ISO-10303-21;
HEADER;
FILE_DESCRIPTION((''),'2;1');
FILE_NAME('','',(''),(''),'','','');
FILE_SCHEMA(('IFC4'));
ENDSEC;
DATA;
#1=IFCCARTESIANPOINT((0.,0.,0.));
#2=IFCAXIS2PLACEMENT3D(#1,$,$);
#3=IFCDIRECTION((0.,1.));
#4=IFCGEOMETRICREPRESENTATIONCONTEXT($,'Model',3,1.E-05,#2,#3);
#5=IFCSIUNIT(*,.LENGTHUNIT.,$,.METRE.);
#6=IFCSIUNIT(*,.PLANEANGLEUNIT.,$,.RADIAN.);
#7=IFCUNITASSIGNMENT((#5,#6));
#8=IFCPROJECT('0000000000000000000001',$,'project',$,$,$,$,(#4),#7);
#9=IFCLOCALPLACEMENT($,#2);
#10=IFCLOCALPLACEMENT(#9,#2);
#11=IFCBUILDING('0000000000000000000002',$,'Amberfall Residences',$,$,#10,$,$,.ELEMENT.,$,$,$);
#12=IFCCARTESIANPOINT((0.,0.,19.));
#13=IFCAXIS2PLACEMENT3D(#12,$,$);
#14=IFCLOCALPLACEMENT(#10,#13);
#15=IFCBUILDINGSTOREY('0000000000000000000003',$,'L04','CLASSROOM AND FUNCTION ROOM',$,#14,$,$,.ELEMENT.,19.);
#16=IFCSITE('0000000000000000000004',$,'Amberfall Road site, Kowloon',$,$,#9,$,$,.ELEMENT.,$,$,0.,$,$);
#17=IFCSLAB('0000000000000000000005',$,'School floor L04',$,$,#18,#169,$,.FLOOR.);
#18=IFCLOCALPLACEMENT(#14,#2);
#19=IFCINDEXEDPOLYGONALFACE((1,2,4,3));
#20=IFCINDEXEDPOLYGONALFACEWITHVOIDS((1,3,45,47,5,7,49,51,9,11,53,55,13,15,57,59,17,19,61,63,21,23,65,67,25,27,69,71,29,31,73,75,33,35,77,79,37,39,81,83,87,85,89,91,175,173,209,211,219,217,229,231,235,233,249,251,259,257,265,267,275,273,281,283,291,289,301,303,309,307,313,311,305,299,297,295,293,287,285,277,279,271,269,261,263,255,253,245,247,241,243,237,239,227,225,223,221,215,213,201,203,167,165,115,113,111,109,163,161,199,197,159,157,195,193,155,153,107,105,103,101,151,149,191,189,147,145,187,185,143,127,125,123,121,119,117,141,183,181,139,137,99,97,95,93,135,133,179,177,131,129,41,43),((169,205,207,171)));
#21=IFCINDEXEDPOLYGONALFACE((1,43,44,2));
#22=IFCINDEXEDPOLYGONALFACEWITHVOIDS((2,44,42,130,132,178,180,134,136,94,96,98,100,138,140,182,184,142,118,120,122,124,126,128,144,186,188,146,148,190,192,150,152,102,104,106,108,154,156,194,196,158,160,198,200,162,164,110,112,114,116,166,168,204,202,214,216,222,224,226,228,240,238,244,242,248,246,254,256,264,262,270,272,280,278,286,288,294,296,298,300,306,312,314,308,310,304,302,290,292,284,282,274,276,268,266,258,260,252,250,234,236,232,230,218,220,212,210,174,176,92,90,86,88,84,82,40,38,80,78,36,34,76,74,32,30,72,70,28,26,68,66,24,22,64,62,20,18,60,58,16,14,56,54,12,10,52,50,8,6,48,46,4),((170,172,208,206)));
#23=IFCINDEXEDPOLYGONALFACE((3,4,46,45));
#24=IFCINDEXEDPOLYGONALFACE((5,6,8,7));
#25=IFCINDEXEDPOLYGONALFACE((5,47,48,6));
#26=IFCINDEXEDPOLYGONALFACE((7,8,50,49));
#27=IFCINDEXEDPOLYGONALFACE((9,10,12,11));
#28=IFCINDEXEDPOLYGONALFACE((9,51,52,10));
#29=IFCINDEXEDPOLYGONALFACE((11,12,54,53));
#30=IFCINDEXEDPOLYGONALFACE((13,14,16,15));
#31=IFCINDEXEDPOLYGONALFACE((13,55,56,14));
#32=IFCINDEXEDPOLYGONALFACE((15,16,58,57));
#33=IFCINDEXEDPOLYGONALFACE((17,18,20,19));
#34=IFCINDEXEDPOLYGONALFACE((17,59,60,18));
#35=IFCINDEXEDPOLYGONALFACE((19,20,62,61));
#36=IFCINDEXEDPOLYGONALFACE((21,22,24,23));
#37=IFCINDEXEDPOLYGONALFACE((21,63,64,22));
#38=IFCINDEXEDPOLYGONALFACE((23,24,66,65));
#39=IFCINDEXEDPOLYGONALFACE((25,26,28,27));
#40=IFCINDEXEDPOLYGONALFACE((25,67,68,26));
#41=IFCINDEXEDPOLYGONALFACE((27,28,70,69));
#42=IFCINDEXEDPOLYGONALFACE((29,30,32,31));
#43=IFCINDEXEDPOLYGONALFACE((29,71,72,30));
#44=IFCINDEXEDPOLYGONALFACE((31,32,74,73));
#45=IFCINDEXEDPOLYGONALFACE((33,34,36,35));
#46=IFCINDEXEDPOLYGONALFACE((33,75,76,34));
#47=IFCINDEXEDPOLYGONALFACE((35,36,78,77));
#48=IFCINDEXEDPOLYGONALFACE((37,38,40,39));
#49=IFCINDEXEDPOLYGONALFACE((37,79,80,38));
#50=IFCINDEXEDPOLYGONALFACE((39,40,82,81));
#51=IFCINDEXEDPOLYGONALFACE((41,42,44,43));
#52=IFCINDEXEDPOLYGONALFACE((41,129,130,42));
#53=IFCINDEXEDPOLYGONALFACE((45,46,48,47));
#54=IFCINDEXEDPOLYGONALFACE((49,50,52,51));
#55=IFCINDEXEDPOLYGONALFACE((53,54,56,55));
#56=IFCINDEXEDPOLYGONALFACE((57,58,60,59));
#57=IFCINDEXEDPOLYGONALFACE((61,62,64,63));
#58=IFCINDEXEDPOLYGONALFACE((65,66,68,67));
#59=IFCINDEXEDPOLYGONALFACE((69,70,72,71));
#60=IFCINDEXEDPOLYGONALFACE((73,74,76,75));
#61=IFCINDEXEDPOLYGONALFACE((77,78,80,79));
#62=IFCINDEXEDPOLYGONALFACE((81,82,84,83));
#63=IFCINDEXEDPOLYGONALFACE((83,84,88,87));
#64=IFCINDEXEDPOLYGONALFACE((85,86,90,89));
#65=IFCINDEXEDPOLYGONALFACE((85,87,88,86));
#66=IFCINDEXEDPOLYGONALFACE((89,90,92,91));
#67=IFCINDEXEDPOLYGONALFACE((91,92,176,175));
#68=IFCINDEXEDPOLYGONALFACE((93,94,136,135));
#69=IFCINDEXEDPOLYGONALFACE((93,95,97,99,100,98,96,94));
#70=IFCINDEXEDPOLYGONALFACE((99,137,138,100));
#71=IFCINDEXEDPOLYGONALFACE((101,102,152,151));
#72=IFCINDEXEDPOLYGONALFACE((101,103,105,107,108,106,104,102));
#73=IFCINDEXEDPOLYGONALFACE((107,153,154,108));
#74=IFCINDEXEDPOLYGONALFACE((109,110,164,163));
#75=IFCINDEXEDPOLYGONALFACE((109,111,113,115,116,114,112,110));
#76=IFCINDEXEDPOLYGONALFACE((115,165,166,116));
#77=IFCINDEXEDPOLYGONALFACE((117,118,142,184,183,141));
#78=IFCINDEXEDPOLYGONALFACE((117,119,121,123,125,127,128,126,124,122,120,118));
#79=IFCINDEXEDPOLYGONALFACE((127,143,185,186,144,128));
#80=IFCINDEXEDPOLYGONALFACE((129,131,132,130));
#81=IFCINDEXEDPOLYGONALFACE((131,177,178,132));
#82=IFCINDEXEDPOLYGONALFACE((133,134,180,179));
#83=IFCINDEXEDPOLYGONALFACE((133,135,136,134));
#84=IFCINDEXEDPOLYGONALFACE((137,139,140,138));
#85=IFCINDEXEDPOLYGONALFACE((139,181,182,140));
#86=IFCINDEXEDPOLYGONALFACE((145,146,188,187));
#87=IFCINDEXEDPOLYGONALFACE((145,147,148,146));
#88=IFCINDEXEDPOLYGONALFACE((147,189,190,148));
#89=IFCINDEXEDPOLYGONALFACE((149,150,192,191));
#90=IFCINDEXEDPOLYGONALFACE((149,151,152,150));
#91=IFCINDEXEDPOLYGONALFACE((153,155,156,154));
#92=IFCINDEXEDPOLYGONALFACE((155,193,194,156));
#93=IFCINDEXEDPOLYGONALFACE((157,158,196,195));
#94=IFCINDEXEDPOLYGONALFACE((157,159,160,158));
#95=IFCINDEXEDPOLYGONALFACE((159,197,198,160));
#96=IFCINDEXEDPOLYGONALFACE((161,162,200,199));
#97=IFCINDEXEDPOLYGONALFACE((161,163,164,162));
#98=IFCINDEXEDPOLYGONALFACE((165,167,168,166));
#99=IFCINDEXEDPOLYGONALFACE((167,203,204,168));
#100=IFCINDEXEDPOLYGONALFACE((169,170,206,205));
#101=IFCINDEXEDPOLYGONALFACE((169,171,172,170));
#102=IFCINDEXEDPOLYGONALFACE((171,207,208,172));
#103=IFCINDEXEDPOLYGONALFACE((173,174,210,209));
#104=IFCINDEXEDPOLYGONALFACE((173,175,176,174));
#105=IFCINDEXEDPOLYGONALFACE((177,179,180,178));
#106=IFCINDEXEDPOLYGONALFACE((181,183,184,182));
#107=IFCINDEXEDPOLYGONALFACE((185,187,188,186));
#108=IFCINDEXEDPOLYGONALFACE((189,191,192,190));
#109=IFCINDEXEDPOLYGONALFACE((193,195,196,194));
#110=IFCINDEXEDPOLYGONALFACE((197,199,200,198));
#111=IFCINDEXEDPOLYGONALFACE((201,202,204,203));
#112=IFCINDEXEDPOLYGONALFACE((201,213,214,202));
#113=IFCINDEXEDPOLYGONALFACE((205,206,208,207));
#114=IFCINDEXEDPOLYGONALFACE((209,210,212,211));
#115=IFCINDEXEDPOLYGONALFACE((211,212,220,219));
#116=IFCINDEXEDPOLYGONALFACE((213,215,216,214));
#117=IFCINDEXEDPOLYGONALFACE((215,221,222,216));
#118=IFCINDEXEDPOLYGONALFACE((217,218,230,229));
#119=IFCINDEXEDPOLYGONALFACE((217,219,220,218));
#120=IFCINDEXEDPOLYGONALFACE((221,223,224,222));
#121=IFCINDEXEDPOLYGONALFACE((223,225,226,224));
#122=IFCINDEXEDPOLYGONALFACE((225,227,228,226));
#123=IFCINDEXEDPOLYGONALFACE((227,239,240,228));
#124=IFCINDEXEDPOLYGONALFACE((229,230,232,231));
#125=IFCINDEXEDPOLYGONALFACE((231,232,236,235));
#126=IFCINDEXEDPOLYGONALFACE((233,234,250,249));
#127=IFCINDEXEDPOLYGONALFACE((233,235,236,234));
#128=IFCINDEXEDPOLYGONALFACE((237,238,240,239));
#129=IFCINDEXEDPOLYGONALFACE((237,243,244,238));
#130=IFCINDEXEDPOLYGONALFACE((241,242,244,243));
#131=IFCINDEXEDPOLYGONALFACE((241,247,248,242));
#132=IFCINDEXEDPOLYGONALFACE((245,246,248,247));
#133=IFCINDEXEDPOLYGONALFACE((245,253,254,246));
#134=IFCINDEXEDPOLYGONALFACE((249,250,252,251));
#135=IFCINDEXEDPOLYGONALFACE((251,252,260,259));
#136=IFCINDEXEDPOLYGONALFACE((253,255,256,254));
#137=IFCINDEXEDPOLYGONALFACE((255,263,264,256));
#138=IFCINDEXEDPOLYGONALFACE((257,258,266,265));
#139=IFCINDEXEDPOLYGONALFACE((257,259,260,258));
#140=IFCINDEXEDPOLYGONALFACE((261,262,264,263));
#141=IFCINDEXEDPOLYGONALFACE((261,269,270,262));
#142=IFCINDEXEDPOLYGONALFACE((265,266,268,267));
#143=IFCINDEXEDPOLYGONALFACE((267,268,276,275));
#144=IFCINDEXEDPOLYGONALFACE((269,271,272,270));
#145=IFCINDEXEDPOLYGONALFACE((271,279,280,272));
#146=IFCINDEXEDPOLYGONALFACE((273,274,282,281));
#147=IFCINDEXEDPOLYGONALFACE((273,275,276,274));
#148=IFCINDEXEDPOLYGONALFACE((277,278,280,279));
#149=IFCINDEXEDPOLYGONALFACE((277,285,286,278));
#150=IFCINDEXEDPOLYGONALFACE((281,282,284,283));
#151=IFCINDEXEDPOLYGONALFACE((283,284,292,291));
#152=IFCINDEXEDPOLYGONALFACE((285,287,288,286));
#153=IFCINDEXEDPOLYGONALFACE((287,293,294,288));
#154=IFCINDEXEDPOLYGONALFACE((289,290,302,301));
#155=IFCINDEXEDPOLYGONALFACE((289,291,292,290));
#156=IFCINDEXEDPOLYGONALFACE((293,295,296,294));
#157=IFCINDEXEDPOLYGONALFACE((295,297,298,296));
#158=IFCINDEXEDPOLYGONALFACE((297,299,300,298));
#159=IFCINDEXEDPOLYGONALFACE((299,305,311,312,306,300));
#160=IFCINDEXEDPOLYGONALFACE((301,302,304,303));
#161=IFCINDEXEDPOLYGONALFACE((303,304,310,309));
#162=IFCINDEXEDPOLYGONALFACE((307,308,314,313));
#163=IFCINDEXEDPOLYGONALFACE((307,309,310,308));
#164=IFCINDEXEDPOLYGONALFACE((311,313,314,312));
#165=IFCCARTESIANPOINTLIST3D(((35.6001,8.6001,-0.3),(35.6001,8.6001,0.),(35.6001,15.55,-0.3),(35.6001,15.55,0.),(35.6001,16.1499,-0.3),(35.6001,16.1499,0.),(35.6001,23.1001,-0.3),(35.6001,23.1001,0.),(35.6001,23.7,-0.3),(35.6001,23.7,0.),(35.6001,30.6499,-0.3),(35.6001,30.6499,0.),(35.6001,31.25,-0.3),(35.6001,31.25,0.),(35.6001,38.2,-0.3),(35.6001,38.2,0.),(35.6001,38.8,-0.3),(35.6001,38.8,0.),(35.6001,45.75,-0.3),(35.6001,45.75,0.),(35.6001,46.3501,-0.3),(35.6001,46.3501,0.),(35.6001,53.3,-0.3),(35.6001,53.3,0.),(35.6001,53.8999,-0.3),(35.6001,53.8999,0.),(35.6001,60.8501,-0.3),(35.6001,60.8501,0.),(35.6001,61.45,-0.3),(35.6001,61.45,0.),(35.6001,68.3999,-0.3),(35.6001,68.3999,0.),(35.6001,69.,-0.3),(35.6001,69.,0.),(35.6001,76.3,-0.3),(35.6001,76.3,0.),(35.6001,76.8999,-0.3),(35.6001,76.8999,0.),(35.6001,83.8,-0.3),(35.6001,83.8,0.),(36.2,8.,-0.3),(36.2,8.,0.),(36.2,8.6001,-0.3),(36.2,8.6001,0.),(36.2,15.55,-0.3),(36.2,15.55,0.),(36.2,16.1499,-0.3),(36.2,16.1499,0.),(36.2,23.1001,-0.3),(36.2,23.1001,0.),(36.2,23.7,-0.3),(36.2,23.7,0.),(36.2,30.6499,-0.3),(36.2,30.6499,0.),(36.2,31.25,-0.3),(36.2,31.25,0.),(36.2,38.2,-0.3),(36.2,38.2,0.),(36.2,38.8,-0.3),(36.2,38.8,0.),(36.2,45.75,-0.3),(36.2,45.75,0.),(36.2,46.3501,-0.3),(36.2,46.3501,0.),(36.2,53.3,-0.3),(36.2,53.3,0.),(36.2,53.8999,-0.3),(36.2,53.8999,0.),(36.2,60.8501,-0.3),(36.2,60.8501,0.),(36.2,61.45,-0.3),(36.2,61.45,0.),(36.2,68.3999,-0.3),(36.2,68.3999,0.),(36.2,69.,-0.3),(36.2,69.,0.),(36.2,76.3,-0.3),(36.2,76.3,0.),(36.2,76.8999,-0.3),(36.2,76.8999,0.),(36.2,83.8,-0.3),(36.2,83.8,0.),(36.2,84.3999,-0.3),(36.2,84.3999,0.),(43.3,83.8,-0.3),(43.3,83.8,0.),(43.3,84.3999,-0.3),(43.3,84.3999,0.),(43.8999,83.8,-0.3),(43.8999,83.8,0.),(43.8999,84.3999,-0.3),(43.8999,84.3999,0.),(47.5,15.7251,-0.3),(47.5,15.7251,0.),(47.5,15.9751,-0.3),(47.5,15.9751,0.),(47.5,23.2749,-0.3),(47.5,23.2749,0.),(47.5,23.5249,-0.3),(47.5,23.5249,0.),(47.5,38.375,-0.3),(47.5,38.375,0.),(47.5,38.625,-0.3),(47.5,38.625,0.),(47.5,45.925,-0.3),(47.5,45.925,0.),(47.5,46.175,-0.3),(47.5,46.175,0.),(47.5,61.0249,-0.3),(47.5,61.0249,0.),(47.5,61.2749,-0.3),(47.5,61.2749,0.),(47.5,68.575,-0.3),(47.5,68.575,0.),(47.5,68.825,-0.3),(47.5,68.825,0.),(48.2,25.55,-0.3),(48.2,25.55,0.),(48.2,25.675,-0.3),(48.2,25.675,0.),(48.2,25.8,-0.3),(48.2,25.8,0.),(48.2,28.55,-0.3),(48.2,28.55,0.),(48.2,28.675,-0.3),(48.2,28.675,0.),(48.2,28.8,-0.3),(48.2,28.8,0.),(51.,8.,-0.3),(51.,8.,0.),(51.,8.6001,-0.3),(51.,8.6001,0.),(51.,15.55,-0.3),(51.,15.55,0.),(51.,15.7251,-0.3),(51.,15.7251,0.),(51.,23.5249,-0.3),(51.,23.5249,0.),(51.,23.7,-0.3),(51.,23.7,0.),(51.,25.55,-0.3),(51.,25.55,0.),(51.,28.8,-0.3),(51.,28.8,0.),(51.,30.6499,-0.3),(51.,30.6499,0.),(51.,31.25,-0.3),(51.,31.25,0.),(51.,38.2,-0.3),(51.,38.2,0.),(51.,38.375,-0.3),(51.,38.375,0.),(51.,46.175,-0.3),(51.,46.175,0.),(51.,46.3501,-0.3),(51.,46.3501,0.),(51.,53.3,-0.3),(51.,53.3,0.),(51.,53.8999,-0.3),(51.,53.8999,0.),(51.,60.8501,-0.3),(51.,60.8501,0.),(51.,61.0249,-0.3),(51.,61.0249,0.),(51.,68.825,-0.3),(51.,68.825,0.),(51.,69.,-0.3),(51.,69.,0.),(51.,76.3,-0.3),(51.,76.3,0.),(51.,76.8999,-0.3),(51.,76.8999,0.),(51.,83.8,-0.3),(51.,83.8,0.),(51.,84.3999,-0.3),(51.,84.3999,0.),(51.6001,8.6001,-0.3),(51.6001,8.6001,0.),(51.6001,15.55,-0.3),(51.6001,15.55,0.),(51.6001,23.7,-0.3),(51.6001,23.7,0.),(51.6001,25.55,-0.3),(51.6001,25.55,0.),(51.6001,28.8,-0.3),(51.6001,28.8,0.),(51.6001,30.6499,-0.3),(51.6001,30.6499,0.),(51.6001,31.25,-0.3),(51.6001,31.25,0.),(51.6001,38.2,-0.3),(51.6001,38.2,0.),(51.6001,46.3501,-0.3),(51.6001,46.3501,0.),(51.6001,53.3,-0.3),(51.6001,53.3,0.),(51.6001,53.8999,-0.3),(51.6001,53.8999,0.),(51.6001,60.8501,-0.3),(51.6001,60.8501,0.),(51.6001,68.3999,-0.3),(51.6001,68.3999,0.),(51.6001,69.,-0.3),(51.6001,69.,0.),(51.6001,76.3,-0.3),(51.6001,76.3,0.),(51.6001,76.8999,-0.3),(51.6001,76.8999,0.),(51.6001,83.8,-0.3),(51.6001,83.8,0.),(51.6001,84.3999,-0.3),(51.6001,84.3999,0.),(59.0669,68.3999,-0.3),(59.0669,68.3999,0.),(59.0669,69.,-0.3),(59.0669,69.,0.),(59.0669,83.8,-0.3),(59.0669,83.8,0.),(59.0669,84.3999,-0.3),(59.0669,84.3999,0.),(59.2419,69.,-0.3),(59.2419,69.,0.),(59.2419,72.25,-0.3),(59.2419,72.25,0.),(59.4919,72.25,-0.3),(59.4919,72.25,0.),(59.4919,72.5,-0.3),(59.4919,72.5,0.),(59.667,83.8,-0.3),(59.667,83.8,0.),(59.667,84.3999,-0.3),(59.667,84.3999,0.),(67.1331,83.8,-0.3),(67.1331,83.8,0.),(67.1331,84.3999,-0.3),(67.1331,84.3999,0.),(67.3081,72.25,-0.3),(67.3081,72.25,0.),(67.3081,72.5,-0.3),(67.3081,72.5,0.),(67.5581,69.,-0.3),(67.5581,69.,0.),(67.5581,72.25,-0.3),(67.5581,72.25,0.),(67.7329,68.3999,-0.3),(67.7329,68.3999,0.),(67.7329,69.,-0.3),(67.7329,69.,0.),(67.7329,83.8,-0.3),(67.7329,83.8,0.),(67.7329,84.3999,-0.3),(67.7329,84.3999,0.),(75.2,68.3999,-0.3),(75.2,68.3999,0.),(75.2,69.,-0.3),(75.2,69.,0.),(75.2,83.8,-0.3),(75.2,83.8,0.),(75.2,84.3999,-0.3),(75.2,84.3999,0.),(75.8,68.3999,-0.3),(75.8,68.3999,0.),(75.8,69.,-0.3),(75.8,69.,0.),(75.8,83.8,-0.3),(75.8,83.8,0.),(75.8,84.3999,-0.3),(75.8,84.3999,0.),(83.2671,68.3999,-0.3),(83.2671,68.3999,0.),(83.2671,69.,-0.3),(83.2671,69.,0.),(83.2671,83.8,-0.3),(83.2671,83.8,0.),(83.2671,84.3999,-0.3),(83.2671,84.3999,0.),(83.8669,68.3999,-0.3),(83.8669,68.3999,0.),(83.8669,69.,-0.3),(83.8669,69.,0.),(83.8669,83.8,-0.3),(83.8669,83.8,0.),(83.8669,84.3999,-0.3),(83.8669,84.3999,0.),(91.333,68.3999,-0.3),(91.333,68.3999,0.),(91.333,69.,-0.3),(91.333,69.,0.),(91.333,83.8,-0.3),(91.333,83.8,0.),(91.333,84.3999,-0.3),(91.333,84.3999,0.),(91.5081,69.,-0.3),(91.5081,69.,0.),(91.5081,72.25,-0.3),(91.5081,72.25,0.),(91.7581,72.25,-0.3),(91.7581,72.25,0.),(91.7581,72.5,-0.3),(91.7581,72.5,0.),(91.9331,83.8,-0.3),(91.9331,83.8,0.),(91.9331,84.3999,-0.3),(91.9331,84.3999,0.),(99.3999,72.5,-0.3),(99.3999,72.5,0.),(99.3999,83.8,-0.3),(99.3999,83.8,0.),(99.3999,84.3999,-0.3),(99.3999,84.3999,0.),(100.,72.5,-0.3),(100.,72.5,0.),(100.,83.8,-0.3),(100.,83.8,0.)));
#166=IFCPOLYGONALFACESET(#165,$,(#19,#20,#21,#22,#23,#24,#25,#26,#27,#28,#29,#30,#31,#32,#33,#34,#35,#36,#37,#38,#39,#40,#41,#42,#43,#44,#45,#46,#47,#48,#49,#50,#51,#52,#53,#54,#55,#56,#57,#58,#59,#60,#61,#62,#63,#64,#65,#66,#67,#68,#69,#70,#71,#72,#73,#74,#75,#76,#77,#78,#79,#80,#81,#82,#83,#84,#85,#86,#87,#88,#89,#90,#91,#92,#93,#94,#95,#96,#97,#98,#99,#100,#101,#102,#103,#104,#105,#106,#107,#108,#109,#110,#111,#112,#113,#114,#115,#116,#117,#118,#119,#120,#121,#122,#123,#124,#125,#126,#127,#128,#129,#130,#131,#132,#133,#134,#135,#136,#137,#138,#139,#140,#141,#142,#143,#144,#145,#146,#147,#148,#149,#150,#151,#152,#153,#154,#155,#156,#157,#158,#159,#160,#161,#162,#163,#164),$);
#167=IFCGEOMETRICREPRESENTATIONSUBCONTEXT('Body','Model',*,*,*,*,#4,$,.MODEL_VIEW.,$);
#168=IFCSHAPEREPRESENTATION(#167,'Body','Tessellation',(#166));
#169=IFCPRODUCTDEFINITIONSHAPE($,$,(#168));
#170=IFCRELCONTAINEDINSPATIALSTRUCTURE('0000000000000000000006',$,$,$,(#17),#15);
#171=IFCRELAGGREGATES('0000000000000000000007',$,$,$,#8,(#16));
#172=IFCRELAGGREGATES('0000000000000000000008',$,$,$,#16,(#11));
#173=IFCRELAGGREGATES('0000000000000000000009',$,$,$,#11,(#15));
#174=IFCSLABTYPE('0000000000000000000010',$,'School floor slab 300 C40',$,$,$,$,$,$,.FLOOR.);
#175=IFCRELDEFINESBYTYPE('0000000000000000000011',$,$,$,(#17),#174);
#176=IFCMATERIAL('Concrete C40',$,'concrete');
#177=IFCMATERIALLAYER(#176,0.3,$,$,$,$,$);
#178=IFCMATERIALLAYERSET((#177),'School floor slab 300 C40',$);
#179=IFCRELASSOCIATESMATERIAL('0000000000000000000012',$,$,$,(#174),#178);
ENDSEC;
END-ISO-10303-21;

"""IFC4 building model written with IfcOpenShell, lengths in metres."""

from ifc_helpers import new_model, si_unit, direction, frame, origin, place, context, subcontext, project, spatial, polyline, outline, extrude, material, layer, layer_set, type_object, element, save


model = new_model("IFC4")

# Units and contexts
model_context = context("Model", 3, precision=1e-05, world=origin(), true_north=direction((0.0, 1.0)))
body_context = subcontext(model_context, "Body", "Model", "MODEL_VIEW")
ifc_project = project(units=[si_unit("LENGTHUNIT", "METRE"), si_unit("PLANEANGLEUNIT", "RADIAN")], contexts=[model_context])

# Site, building, storey
site_placement = place(None, origin())
site = spatial("IfcSite", under=ifc_project, at=site_placement, Name="Amberfall Road site, Kowloon", CompositionType="ELEMENT", RefElevation=0.0)
building_placement = place(site_placement, origin())
building = spatial("IfcBuilding", under=site, at=building_placement, Name="Amberfall Residences", CompositionType="ELEMENT")
storey_placement = place(building_placement, frame((0.0, 0.0, 19.0)))
storey = spatial("IfcBuildingStorey", under=building, at=storey_placement, Name="L04", Description="CLASSROOM AND FUNCTION ROOM", CompositionType="ELEMENT", Elevation=19.0)

# Slab
ifc_material_1 = material(Name="Concrete C40", Category="concrete")
ifc_layer_1 = layer(ifc_material_1, 0.3)
ifc_layer_set_1 = layer_set([ifc_layer_1], Name="School floor slab 300 C40")
slab_type_1 = type_object("IfcSlabType", Name="School floor slab 300 C40", PredefinedType="FLOOR", material=ifc_layer_set_1)
slab_1_placement = place(storey_placement, frame((0.0, 0.0, -0.3)))
element("IfcSlab", 1, at=slab_1_placement, inside=storey, type_object=slab_type_1, Name="School floor L04", PredefinedType="FLOOR", context=body_context, shape_type="SweptSolid", body=[
    extrude(outline(polyline([(36.2, 8.6001), (36.2, 8.0), (51.0, 8.0), (51.0, 8.6001), (51.6001, 8.6001), (51.6001, 15.55), (51.0, 15.55), (51.0, 15.7251), (47.5, 15.7251), (47.5, 15.9751), (47.5, 23.2749), (47.5, 23.5249), (51.0, 23.5249), (51.0, 23.7), (51.6001, 23.7), (51.6001, 25.55), (51.0, 25.55), (48.2, 25.55), (48.2, 25.675), (48.2, 25.8), (48.2, 28.55), (48.2, 28.675), (48.2, 28.8), (51.0, 28.8), (51.6001, 28.8), (51.6001, 30.6499), (51.0, 30.6499), (51.0, 31.25), (51.6001, 31.25), (51.6001, 38.2), (51.0, 38.2), (51.0, 38.375), (47.5, 38.375), (47.5, 38.625), (47.5, 45.925), (47.5, 46.175), (51.0, 46.175), (51.0, 46.3501), (51.6001, 46.3501), (51.6001, 53.3), (51.0, 53.3), (51.0, 53.8999), (51.6001, 53.8999), (51.6001, 60.8501), (51.0, 60.8501), (51.0, 61.0249), (47.5, 61.0249), (47.5, 61.2749), (47.5, 68.575), (47.5, 68.825), (51.0, 68.825), (51.0, 69.0), (51.6001, 69.0), (51.6001, 68.3999), (59.0669, 68.3999), (59.0669, 69.0), (59.2419, 69.0), (59.2419, 72.25), (59.4919, 72.25), (59.4919, 72.5), (67.3081, 72.5), (67.3081, 72.25), (67.5581, 72.25), (67.5581, 69.0), (67.7329, 69.0), (67.7329, 68.3999), (75.2, 68.3999), (75.2, 69.0), (75.8, 69.0), (75.8, 68.3999), (83.2671, 68.3999), (83.2671, 69.0), (83.8669, 69.0), (83.8669, 68.3999), (91.333, 68.3999), (91.333, 69.0), (91.5081, 69.0), (91.5081, 72.25), (91.7581, 72.25), (91.7581, 72.5), (99.3999, 72.5), (100.0, 72.5), (100.0, 83.8), (99.3999, 83.8), (99.3999, 84.3999), (91.9331, 84.3999), (91.9331, 83.8), (91.333, 83.8), (91.333, 84.3999), (83.8669, 84.3999), (83.8669, 83.8), (83.2671, 83.8), (83.2671, 84.3999), (75.8, 84.3999), (75.8, 83.8), (75.2, 83.8), (75.2, 84.3999), (67.7329, 84.3999), (67.7329, 83.8), (67.1331, 83.8), (67.1331, 84.3999), (59.667, 84.3999), (59.667, 83.8), (59.0669, 83.8), (59.0669, 84.3999), (51.6001, 84.3999), (51.6001, 83.8), (51.0, 83.8), (51.0, 84.3999), (43.8999, 84.3999), (43.8999, 83.8), (43.3, 83.8), (43.3, 84.3999), (36.2, 84.3999), (36.2, 83.8), (35.6001, 83.8), (35.6001, 76.8999), (36.2, 76.8999), (36.2, 76.3), (35.6001, 76.3), (35.6001, 69.0), (36.2, 69.0), (36.2, 68.3999), (35.6001, 68.3999), (35.6001, 61.45), (36.2, 61.45), (36.2, 60.8501), (35.6001, 60.8501), (35.6001, 53.8999), (36.2, 53.8999), (36.2, 53.3), (35.6001, 53.3), (35.6001, 46.3501), (36.2, 46.3501), (36.2, 45.75), (35.6001, 45.75), (35.6001, 38.8), (36.2, 38.8), (36.2, 38.2), (35.6001, 38.2), (35.6001, 31.25), (36.2, 31.25), (36.2, 30.6499), (35.6001, 30.6499), (35.6001, 23.7), (36.2, 23.7), (36.2, 23.1001), (35.6001, 23.1001), (35.6001, 16.1499), (36.2, 16.1499), (36.2, 15.55), (35.6001, 15.55), (35.6001, 8.6001), (36.2, 8.6001)]), holes=[polyline([(51.0, 76.3), (51.0, 76.8999), (51.6001, 76.8999), (51.6001, 76.3), (51.0, 76.3)])]), origin(), (0.0, 0.0, 1.0), 0.3),
])

save(model, "model.ifc")
